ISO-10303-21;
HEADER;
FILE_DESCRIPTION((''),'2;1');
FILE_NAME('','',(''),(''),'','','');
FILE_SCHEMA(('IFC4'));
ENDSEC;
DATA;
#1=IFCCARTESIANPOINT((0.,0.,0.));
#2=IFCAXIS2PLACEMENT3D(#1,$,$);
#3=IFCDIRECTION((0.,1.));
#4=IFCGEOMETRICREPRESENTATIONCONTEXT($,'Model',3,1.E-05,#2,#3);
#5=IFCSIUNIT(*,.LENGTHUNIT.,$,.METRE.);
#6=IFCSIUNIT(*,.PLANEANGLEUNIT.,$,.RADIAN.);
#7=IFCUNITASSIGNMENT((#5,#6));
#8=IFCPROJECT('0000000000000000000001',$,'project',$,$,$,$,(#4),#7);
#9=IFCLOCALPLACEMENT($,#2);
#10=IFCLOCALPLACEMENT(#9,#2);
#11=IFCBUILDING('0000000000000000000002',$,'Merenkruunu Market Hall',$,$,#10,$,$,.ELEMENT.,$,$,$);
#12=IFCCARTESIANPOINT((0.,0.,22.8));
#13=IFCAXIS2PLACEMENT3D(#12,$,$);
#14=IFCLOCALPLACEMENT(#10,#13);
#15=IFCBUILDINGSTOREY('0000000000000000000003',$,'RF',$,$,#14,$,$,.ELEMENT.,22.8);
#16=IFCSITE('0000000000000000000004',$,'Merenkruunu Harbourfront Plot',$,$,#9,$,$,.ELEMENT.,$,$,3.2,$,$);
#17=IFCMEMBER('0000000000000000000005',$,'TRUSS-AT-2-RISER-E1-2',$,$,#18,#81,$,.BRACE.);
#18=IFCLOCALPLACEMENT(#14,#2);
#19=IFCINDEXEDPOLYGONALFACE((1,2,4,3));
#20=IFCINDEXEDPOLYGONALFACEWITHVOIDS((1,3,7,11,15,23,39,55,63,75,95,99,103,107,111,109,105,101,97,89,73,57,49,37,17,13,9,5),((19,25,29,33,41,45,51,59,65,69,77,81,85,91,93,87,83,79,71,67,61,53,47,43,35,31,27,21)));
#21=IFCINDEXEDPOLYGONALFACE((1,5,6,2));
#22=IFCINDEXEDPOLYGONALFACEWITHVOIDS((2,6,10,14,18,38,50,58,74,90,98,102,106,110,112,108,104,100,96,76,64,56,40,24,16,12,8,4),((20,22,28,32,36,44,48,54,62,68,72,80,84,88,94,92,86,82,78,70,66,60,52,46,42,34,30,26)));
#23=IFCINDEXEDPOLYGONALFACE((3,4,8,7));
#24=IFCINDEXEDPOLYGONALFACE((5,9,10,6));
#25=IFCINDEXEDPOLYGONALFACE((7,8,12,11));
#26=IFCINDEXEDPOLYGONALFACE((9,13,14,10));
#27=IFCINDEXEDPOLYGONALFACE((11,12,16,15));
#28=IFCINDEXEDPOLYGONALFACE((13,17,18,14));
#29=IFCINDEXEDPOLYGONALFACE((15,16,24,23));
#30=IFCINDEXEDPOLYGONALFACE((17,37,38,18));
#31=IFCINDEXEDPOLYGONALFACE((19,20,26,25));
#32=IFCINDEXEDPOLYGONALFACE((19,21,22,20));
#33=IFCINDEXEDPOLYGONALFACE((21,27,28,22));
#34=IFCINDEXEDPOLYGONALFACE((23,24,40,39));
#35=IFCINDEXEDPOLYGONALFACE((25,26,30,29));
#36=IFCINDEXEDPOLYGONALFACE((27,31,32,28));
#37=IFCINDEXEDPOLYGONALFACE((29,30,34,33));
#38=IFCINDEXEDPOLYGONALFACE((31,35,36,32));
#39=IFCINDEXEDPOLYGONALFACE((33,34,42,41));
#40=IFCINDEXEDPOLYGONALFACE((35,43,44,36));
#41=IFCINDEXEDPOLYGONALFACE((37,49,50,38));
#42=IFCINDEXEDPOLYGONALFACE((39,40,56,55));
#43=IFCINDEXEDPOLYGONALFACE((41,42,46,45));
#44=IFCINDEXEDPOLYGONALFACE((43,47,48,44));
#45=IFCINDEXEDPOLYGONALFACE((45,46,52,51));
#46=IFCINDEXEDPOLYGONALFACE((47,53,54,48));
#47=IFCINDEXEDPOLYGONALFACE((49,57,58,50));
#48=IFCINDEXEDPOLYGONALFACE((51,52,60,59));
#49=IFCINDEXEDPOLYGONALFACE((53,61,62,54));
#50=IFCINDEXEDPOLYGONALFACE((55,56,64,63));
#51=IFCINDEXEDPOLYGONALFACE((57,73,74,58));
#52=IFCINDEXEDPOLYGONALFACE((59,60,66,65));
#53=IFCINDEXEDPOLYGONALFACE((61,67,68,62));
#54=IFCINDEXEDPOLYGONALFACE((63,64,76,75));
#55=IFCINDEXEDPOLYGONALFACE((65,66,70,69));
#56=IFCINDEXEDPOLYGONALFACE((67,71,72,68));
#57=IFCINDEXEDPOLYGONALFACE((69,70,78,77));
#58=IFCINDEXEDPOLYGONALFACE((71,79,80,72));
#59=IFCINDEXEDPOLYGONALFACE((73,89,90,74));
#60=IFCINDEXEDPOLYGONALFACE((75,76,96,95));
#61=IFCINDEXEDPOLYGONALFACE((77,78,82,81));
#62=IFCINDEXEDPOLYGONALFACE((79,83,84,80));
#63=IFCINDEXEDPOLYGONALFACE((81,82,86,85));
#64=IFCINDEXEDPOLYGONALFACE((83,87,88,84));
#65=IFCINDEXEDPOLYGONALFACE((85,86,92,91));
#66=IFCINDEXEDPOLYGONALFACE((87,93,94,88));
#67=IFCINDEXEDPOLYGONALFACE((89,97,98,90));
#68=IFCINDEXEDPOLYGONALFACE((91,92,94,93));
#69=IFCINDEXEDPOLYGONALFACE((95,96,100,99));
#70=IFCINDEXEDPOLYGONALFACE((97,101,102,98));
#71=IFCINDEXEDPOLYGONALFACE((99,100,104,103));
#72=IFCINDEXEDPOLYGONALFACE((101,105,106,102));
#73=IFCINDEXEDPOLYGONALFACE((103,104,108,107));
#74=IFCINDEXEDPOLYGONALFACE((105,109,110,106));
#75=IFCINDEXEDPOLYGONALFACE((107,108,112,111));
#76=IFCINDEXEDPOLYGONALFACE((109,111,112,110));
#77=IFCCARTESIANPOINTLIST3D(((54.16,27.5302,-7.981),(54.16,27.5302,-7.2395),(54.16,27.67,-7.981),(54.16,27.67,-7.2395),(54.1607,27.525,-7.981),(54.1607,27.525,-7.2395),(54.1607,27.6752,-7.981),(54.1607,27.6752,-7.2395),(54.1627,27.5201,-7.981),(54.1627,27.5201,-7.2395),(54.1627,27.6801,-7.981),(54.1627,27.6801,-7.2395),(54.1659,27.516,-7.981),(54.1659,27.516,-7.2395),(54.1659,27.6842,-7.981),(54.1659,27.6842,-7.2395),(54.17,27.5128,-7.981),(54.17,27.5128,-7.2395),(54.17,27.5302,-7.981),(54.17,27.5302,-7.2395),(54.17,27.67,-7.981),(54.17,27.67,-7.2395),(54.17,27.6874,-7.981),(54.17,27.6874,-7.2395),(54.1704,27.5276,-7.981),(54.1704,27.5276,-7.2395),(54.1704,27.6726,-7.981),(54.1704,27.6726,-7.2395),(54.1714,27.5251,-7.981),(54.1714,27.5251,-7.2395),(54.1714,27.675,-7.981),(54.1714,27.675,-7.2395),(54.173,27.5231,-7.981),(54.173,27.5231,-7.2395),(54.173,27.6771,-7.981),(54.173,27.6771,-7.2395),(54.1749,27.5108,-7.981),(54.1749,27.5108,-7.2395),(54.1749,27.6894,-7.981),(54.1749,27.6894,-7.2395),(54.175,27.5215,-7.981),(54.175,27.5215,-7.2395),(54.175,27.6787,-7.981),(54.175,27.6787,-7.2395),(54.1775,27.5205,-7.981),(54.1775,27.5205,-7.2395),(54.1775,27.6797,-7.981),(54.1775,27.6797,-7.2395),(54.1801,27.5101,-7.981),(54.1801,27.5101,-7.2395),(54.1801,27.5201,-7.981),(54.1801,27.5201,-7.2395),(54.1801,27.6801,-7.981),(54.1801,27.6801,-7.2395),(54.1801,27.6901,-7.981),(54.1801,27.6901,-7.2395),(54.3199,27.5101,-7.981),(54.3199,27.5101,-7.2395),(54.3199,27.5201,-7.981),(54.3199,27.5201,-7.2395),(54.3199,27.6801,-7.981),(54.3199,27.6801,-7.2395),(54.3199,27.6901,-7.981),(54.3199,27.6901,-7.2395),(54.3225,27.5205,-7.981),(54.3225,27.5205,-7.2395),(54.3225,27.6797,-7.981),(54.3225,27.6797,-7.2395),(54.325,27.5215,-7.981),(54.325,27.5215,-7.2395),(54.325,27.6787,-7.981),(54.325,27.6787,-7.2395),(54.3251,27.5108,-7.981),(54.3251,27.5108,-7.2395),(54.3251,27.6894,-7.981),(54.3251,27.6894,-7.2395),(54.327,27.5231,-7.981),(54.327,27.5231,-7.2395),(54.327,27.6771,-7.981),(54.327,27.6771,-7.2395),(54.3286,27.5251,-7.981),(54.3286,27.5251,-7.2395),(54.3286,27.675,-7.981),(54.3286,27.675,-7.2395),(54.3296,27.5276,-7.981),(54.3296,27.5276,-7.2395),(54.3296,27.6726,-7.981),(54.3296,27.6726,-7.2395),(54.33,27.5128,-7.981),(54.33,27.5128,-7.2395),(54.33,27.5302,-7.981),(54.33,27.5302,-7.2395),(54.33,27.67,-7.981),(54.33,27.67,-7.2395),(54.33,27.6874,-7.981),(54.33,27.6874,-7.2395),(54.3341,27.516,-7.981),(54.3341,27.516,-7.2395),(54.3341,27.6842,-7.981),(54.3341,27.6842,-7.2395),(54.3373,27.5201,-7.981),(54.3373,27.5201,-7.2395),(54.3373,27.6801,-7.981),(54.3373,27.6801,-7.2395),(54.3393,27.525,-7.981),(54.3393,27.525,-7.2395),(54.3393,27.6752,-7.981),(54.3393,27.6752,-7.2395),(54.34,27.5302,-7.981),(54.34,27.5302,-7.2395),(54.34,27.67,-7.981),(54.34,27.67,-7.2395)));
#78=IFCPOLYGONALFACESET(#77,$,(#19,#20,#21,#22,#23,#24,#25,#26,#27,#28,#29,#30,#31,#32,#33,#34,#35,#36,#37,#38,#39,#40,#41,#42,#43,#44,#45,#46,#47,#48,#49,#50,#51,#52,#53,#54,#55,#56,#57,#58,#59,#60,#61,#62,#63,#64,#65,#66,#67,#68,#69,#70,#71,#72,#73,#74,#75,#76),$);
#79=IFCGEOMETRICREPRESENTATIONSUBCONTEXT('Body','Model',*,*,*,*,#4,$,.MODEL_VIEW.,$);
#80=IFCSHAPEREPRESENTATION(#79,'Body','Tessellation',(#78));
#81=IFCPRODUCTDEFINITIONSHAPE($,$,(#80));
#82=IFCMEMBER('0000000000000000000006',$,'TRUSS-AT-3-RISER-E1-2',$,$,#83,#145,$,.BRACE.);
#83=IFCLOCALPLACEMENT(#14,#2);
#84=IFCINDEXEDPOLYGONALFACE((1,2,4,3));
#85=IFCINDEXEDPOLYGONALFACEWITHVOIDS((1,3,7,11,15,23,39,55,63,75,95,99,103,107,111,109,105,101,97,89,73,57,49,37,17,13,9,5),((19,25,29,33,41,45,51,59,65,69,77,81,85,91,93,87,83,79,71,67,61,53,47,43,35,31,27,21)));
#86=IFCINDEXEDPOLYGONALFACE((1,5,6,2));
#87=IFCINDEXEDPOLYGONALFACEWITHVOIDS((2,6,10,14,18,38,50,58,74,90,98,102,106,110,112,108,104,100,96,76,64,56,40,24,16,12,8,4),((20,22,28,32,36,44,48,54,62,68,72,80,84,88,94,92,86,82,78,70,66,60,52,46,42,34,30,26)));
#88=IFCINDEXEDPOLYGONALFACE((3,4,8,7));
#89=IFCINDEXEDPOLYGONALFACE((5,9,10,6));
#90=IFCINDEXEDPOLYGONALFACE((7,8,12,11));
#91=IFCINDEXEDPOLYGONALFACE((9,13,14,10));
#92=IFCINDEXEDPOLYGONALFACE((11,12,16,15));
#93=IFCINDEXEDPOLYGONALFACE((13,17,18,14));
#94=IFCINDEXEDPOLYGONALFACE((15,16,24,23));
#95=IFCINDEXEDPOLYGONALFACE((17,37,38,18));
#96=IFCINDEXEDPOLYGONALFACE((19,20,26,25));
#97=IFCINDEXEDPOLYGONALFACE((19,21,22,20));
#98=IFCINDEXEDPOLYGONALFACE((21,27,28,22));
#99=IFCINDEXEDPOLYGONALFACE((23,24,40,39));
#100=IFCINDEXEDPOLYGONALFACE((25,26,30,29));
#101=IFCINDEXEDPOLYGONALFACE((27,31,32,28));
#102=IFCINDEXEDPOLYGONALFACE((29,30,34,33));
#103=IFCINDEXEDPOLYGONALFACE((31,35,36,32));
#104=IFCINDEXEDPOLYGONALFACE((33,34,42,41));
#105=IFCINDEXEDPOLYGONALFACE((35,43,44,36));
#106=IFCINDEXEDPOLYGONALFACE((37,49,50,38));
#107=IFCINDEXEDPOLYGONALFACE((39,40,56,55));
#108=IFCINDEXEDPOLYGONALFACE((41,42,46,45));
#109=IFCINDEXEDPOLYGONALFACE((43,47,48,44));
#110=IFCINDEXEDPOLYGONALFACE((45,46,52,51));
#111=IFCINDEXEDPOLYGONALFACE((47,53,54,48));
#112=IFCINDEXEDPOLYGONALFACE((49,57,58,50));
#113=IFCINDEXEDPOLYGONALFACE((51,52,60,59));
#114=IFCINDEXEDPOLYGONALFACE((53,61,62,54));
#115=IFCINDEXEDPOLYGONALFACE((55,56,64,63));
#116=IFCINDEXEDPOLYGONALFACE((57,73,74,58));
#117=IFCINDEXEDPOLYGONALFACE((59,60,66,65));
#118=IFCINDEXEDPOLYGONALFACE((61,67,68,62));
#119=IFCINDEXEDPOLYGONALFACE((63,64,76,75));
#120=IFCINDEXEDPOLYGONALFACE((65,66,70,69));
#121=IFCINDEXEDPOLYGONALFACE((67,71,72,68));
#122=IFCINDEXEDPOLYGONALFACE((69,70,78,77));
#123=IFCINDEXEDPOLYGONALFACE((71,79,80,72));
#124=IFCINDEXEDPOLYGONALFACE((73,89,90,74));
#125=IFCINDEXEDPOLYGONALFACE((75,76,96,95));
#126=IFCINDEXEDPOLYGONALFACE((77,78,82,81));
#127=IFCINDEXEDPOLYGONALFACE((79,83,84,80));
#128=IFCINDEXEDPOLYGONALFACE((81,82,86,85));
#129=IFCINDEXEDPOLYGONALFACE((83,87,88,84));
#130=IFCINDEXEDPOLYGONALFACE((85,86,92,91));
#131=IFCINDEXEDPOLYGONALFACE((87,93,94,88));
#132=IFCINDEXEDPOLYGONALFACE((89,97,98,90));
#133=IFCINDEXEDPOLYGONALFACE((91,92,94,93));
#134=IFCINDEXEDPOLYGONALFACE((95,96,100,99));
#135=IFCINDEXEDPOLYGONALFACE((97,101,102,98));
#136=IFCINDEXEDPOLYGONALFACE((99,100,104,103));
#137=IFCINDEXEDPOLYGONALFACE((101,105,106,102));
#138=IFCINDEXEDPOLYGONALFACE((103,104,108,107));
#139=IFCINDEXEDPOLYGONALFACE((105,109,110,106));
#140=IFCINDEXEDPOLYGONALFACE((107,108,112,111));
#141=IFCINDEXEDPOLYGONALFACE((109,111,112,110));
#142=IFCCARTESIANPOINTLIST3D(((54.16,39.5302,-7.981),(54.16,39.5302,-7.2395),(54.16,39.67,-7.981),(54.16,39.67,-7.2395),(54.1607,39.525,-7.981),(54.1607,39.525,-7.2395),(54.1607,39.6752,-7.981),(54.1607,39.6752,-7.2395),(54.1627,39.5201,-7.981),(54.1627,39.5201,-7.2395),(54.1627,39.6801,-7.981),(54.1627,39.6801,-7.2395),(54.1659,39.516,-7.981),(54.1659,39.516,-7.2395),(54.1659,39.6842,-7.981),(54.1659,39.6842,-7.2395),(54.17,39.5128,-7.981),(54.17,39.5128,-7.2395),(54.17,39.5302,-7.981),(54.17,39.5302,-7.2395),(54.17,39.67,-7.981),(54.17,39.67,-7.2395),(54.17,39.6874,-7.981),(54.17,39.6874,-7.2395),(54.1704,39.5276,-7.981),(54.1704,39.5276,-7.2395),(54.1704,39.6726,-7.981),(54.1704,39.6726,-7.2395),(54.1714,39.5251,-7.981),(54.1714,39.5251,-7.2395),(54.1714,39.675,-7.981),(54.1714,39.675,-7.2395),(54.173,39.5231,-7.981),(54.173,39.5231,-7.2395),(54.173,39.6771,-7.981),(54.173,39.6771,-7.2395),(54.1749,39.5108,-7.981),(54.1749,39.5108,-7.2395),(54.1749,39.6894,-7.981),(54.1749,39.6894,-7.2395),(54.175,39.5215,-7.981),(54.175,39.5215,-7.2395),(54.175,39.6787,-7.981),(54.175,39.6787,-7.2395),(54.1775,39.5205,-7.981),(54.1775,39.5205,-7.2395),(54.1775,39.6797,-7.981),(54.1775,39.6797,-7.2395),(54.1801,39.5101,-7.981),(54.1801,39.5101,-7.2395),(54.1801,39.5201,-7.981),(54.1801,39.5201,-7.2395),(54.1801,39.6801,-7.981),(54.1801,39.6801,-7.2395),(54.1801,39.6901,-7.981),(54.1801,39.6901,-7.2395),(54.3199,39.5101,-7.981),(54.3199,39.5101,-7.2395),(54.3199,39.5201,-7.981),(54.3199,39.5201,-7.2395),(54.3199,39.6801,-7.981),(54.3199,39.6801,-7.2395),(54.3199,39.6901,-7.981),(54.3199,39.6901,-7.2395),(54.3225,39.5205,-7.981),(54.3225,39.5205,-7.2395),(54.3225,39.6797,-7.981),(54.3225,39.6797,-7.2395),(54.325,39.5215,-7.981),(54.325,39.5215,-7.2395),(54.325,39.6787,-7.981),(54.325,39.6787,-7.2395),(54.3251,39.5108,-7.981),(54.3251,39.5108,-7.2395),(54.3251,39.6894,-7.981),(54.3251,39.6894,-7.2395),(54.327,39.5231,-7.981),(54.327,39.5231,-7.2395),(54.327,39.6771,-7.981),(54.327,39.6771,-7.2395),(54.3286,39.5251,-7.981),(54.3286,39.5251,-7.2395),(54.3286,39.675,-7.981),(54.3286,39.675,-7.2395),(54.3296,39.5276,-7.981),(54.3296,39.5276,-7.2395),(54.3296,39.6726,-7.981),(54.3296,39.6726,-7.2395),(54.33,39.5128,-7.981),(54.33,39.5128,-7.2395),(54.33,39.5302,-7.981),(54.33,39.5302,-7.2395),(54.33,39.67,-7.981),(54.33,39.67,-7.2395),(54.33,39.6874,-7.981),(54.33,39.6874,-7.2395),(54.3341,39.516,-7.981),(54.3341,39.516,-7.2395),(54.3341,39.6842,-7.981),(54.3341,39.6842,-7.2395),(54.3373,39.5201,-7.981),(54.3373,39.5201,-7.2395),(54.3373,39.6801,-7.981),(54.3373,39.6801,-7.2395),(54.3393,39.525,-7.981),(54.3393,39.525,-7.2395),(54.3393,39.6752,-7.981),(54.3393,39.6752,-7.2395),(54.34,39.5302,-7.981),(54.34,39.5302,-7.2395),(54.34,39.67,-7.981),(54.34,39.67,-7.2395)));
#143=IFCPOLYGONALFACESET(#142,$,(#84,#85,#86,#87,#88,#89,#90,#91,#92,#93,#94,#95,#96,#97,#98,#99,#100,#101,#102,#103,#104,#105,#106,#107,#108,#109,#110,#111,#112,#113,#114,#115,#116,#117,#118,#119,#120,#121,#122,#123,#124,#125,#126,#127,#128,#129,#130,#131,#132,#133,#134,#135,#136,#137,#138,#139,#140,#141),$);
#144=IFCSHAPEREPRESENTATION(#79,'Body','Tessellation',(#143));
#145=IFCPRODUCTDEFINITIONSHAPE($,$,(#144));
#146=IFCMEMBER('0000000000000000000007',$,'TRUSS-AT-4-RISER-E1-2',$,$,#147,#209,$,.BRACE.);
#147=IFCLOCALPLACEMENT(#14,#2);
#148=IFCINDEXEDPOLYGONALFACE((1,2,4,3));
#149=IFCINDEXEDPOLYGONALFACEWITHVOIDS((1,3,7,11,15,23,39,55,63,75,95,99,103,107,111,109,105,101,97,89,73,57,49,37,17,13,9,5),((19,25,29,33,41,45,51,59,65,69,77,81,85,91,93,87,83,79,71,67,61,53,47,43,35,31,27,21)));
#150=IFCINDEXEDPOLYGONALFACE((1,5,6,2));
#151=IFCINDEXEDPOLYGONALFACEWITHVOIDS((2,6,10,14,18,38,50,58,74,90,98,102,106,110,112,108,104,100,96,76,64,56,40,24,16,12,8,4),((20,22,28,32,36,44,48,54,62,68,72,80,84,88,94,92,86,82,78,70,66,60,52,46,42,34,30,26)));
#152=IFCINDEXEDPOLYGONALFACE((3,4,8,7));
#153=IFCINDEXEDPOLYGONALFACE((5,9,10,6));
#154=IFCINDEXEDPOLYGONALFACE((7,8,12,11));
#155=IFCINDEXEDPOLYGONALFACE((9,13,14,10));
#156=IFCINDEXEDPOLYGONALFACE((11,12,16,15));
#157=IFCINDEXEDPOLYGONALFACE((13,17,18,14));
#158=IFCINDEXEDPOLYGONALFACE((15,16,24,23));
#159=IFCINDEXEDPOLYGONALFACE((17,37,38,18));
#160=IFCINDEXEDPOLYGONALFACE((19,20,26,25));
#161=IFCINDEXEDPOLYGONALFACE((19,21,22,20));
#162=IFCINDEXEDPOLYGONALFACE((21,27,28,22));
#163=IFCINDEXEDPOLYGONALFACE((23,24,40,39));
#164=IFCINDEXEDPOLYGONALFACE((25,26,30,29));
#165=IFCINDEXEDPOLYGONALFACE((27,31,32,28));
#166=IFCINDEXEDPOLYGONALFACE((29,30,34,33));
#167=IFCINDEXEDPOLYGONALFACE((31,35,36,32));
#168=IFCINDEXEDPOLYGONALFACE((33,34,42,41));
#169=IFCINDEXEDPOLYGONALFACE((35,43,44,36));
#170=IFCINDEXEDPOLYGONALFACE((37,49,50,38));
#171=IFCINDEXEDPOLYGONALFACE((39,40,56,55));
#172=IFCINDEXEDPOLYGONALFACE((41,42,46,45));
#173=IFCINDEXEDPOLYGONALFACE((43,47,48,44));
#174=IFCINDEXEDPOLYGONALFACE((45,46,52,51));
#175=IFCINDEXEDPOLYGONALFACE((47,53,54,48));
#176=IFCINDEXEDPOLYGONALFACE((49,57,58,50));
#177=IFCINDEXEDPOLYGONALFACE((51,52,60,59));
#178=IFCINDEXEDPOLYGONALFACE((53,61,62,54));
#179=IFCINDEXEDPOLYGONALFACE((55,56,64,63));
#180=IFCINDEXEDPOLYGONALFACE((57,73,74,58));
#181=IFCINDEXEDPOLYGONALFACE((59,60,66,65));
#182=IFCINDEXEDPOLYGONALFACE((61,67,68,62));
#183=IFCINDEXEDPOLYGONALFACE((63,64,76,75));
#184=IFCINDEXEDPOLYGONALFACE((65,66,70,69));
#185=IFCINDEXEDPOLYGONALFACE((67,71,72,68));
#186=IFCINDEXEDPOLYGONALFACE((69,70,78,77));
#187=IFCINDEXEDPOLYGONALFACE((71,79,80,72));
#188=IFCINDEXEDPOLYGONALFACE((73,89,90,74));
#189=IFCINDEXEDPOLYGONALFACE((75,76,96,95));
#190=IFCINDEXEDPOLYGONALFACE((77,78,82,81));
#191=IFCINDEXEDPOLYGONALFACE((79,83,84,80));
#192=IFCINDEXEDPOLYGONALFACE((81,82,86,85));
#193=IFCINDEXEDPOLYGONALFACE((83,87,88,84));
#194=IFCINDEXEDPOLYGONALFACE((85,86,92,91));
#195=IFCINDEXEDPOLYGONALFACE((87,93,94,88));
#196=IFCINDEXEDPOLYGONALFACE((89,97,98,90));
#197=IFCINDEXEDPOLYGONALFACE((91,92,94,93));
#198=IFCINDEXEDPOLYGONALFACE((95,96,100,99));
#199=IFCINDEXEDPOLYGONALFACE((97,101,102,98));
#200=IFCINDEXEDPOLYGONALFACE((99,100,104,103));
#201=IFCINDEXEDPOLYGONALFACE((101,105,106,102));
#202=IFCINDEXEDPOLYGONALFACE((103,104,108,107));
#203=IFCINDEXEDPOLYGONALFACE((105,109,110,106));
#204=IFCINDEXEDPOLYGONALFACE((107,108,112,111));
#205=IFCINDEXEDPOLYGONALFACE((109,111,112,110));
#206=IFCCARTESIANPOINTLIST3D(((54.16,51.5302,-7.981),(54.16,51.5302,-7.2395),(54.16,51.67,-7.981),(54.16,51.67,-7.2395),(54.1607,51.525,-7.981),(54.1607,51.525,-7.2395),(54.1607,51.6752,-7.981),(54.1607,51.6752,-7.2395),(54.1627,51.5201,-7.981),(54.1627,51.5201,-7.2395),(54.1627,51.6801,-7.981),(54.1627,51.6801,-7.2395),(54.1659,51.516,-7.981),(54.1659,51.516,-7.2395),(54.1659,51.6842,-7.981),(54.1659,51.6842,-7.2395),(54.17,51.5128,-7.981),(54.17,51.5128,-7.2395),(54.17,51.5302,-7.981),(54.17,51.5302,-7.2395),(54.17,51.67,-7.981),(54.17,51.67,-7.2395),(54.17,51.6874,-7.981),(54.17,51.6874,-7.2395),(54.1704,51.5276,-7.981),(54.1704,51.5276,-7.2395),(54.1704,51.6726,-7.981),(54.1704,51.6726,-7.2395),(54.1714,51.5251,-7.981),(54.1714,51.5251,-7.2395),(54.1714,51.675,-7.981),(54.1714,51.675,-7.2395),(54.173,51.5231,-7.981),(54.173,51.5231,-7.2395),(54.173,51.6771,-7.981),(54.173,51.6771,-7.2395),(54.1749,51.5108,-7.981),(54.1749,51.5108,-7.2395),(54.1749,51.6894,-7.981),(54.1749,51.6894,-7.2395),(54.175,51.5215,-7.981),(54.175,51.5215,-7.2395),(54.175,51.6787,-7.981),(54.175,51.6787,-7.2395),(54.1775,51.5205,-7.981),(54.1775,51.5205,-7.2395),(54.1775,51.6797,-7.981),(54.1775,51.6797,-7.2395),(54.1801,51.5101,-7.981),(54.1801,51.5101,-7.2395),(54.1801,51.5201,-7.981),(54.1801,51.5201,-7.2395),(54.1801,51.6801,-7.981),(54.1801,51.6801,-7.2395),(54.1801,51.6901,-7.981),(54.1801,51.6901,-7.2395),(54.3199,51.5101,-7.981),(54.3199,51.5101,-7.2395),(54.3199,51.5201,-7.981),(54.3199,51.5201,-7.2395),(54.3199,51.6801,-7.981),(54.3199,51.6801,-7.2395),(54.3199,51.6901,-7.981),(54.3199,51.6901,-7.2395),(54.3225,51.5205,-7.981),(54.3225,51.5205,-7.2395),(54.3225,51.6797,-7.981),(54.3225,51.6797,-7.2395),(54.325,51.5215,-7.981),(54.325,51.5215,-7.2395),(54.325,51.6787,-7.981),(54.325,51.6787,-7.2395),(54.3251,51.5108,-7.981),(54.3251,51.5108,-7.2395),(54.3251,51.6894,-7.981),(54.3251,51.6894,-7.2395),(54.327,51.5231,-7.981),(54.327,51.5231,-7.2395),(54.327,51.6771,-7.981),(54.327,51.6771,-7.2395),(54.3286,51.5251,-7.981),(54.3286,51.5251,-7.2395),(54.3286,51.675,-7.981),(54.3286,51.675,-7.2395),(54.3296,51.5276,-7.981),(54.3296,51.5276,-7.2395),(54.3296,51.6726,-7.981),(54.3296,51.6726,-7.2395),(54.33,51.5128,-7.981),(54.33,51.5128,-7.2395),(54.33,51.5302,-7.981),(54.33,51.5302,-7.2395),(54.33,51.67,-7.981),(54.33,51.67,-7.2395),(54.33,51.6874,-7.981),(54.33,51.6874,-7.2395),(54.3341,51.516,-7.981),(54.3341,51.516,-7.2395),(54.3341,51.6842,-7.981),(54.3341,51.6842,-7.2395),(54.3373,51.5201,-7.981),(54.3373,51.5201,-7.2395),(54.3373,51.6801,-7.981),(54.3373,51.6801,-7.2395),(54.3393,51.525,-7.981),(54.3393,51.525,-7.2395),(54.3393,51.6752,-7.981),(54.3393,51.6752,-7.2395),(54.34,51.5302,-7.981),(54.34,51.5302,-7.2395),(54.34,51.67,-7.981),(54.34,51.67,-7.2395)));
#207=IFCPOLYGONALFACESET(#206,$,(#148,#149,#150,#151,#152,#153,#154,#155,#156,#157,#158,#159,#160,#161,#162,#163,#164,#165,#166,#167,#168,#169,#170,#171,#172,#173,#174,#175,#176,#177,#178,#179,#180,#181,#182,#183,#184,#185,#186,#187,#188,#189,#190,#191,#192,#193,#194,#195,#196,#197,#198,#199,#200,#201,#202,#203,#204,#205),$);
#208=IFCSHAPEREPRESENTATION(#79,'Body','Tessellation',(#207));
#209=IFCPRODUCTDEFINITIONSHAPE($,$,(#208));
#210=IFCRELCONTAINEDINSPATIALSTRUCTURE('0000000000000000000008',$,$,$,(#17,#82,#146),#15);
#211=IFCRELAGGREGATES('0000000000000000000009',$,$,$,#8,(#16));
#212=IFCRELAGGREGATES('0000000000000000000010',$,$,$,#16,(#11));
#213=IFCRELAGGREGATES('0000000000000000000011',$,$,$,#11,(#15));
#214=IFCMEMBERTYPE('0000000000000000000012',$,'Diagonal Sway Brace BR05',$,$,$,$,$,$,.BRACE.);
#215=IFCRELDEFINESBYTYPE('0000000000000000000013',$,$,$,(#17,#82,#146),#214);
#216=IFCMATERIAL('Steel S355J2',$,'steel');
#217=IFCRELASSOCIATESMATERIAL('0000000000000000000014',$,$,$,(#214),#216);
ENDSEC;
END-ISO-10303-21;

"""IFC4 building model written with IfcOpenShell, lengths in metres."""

from ifc_helpers import new_model, si_unit, direction, frame, origin, origin_2d, place, context, subcontext, project, spatial, hollow_rectangle, extrude, material, material_profile, profile_set, type_object, element, save


model = new_model("IFC4")

# Units and contexts
model_context = context("Model", 3, precision=1e-05, world=origin(), true_north=direction((0.0, 1.0)))
body_context = subcontext(model_context, "Body", "Model", "MODEL_VIEW")
ifc_project = project(units=[si_unit("LENGTHUNIT", "METRE"), si_unit("PLANEANGLEUNIT", "RADIAN")], contexts=[model_context])

# Site, building, storey
site_placement = place(None, origin())
site = spatial("IfcSite", under=ifc_project, at=site_placement, Name="Merenkruunu Harbourfront Plot", CompositionType="ELEMENT", RefElevation=3.2)
building_placement = place(site_placement, origin())
building = spatial("IfcBuilding", under=site, at=building_placement, Name="Merenkruunu Market Hall", CompositionType="ELEMENT")
storey_placement = place(building_placement, frame((0.0, 0.0, 22.8)))
storey = spatial("IfcBuildingStorey", under=building, at=storey_placement, Name="RF", CompositionType="ELEMENT", Elevation=22.8)

# Members
ifc_material_1 = material(Name="Steel S355J2", Category="steel")
ifc_material_profile_1 = material_profile(ifc_material_1, hollow_rectangle(XDim=0.1799, YDim=0.1799, WallThickness=0.01, InnerFilletRadius=0.01, OuterFilletRadius=0.02, at=origin_2d()), Name="SHS 180x180x10")
ifc_profile_set_1 = profile_set([ifc_material_profile_1], Name="Steel S355J2")
member_type_1 = type_object("IfcMemberType", Name="Diagonal Sway Brace BR05", PredefinedType="BRACE", material=ifc_profile_set_1)
for number, where, z_axis, x_axis, name in (
    (1, (54.25, 27.6001, -7.981), (0.0, 0.0, 1.0), (1.0, 0.0, 0.0), "TRUSS-AT-2-RISER-E1-2"),
    (2, (54.25, 39.6001, -7.981), (0.0, 0.0, 1.0), (1.0, 0.0, 0.0), "TRUSS-AT-3-RISER-E1-2"),
    (3, (54.25, 51.6001, -7.981), (0.0, 0.0, 1.0), (1.0, 0.0, 0.0), "TRUSS-AT-4-RISER-E1-2"),
):
    element("IfcMember", number, at=place(storey_placement, frame(where, z_axis=z_axis, x_axis=x_axis)), inside=storey, type_object=member_type_1, Name=name, PredefinedType="BRACE", context=body_context, shape_type="SweptSolid", body=[
        extrude(hollow_rectangle(XDim=0.1799, YDim=0.1799, WallThickness=0.01, InnerFilletRadius=0.01, OuterFilletRadius=0.02, at=origin_2d()), origin(), (0.0, 0.0, 1.0), 0.7415),
    ])

save(model, "model.ifc")
